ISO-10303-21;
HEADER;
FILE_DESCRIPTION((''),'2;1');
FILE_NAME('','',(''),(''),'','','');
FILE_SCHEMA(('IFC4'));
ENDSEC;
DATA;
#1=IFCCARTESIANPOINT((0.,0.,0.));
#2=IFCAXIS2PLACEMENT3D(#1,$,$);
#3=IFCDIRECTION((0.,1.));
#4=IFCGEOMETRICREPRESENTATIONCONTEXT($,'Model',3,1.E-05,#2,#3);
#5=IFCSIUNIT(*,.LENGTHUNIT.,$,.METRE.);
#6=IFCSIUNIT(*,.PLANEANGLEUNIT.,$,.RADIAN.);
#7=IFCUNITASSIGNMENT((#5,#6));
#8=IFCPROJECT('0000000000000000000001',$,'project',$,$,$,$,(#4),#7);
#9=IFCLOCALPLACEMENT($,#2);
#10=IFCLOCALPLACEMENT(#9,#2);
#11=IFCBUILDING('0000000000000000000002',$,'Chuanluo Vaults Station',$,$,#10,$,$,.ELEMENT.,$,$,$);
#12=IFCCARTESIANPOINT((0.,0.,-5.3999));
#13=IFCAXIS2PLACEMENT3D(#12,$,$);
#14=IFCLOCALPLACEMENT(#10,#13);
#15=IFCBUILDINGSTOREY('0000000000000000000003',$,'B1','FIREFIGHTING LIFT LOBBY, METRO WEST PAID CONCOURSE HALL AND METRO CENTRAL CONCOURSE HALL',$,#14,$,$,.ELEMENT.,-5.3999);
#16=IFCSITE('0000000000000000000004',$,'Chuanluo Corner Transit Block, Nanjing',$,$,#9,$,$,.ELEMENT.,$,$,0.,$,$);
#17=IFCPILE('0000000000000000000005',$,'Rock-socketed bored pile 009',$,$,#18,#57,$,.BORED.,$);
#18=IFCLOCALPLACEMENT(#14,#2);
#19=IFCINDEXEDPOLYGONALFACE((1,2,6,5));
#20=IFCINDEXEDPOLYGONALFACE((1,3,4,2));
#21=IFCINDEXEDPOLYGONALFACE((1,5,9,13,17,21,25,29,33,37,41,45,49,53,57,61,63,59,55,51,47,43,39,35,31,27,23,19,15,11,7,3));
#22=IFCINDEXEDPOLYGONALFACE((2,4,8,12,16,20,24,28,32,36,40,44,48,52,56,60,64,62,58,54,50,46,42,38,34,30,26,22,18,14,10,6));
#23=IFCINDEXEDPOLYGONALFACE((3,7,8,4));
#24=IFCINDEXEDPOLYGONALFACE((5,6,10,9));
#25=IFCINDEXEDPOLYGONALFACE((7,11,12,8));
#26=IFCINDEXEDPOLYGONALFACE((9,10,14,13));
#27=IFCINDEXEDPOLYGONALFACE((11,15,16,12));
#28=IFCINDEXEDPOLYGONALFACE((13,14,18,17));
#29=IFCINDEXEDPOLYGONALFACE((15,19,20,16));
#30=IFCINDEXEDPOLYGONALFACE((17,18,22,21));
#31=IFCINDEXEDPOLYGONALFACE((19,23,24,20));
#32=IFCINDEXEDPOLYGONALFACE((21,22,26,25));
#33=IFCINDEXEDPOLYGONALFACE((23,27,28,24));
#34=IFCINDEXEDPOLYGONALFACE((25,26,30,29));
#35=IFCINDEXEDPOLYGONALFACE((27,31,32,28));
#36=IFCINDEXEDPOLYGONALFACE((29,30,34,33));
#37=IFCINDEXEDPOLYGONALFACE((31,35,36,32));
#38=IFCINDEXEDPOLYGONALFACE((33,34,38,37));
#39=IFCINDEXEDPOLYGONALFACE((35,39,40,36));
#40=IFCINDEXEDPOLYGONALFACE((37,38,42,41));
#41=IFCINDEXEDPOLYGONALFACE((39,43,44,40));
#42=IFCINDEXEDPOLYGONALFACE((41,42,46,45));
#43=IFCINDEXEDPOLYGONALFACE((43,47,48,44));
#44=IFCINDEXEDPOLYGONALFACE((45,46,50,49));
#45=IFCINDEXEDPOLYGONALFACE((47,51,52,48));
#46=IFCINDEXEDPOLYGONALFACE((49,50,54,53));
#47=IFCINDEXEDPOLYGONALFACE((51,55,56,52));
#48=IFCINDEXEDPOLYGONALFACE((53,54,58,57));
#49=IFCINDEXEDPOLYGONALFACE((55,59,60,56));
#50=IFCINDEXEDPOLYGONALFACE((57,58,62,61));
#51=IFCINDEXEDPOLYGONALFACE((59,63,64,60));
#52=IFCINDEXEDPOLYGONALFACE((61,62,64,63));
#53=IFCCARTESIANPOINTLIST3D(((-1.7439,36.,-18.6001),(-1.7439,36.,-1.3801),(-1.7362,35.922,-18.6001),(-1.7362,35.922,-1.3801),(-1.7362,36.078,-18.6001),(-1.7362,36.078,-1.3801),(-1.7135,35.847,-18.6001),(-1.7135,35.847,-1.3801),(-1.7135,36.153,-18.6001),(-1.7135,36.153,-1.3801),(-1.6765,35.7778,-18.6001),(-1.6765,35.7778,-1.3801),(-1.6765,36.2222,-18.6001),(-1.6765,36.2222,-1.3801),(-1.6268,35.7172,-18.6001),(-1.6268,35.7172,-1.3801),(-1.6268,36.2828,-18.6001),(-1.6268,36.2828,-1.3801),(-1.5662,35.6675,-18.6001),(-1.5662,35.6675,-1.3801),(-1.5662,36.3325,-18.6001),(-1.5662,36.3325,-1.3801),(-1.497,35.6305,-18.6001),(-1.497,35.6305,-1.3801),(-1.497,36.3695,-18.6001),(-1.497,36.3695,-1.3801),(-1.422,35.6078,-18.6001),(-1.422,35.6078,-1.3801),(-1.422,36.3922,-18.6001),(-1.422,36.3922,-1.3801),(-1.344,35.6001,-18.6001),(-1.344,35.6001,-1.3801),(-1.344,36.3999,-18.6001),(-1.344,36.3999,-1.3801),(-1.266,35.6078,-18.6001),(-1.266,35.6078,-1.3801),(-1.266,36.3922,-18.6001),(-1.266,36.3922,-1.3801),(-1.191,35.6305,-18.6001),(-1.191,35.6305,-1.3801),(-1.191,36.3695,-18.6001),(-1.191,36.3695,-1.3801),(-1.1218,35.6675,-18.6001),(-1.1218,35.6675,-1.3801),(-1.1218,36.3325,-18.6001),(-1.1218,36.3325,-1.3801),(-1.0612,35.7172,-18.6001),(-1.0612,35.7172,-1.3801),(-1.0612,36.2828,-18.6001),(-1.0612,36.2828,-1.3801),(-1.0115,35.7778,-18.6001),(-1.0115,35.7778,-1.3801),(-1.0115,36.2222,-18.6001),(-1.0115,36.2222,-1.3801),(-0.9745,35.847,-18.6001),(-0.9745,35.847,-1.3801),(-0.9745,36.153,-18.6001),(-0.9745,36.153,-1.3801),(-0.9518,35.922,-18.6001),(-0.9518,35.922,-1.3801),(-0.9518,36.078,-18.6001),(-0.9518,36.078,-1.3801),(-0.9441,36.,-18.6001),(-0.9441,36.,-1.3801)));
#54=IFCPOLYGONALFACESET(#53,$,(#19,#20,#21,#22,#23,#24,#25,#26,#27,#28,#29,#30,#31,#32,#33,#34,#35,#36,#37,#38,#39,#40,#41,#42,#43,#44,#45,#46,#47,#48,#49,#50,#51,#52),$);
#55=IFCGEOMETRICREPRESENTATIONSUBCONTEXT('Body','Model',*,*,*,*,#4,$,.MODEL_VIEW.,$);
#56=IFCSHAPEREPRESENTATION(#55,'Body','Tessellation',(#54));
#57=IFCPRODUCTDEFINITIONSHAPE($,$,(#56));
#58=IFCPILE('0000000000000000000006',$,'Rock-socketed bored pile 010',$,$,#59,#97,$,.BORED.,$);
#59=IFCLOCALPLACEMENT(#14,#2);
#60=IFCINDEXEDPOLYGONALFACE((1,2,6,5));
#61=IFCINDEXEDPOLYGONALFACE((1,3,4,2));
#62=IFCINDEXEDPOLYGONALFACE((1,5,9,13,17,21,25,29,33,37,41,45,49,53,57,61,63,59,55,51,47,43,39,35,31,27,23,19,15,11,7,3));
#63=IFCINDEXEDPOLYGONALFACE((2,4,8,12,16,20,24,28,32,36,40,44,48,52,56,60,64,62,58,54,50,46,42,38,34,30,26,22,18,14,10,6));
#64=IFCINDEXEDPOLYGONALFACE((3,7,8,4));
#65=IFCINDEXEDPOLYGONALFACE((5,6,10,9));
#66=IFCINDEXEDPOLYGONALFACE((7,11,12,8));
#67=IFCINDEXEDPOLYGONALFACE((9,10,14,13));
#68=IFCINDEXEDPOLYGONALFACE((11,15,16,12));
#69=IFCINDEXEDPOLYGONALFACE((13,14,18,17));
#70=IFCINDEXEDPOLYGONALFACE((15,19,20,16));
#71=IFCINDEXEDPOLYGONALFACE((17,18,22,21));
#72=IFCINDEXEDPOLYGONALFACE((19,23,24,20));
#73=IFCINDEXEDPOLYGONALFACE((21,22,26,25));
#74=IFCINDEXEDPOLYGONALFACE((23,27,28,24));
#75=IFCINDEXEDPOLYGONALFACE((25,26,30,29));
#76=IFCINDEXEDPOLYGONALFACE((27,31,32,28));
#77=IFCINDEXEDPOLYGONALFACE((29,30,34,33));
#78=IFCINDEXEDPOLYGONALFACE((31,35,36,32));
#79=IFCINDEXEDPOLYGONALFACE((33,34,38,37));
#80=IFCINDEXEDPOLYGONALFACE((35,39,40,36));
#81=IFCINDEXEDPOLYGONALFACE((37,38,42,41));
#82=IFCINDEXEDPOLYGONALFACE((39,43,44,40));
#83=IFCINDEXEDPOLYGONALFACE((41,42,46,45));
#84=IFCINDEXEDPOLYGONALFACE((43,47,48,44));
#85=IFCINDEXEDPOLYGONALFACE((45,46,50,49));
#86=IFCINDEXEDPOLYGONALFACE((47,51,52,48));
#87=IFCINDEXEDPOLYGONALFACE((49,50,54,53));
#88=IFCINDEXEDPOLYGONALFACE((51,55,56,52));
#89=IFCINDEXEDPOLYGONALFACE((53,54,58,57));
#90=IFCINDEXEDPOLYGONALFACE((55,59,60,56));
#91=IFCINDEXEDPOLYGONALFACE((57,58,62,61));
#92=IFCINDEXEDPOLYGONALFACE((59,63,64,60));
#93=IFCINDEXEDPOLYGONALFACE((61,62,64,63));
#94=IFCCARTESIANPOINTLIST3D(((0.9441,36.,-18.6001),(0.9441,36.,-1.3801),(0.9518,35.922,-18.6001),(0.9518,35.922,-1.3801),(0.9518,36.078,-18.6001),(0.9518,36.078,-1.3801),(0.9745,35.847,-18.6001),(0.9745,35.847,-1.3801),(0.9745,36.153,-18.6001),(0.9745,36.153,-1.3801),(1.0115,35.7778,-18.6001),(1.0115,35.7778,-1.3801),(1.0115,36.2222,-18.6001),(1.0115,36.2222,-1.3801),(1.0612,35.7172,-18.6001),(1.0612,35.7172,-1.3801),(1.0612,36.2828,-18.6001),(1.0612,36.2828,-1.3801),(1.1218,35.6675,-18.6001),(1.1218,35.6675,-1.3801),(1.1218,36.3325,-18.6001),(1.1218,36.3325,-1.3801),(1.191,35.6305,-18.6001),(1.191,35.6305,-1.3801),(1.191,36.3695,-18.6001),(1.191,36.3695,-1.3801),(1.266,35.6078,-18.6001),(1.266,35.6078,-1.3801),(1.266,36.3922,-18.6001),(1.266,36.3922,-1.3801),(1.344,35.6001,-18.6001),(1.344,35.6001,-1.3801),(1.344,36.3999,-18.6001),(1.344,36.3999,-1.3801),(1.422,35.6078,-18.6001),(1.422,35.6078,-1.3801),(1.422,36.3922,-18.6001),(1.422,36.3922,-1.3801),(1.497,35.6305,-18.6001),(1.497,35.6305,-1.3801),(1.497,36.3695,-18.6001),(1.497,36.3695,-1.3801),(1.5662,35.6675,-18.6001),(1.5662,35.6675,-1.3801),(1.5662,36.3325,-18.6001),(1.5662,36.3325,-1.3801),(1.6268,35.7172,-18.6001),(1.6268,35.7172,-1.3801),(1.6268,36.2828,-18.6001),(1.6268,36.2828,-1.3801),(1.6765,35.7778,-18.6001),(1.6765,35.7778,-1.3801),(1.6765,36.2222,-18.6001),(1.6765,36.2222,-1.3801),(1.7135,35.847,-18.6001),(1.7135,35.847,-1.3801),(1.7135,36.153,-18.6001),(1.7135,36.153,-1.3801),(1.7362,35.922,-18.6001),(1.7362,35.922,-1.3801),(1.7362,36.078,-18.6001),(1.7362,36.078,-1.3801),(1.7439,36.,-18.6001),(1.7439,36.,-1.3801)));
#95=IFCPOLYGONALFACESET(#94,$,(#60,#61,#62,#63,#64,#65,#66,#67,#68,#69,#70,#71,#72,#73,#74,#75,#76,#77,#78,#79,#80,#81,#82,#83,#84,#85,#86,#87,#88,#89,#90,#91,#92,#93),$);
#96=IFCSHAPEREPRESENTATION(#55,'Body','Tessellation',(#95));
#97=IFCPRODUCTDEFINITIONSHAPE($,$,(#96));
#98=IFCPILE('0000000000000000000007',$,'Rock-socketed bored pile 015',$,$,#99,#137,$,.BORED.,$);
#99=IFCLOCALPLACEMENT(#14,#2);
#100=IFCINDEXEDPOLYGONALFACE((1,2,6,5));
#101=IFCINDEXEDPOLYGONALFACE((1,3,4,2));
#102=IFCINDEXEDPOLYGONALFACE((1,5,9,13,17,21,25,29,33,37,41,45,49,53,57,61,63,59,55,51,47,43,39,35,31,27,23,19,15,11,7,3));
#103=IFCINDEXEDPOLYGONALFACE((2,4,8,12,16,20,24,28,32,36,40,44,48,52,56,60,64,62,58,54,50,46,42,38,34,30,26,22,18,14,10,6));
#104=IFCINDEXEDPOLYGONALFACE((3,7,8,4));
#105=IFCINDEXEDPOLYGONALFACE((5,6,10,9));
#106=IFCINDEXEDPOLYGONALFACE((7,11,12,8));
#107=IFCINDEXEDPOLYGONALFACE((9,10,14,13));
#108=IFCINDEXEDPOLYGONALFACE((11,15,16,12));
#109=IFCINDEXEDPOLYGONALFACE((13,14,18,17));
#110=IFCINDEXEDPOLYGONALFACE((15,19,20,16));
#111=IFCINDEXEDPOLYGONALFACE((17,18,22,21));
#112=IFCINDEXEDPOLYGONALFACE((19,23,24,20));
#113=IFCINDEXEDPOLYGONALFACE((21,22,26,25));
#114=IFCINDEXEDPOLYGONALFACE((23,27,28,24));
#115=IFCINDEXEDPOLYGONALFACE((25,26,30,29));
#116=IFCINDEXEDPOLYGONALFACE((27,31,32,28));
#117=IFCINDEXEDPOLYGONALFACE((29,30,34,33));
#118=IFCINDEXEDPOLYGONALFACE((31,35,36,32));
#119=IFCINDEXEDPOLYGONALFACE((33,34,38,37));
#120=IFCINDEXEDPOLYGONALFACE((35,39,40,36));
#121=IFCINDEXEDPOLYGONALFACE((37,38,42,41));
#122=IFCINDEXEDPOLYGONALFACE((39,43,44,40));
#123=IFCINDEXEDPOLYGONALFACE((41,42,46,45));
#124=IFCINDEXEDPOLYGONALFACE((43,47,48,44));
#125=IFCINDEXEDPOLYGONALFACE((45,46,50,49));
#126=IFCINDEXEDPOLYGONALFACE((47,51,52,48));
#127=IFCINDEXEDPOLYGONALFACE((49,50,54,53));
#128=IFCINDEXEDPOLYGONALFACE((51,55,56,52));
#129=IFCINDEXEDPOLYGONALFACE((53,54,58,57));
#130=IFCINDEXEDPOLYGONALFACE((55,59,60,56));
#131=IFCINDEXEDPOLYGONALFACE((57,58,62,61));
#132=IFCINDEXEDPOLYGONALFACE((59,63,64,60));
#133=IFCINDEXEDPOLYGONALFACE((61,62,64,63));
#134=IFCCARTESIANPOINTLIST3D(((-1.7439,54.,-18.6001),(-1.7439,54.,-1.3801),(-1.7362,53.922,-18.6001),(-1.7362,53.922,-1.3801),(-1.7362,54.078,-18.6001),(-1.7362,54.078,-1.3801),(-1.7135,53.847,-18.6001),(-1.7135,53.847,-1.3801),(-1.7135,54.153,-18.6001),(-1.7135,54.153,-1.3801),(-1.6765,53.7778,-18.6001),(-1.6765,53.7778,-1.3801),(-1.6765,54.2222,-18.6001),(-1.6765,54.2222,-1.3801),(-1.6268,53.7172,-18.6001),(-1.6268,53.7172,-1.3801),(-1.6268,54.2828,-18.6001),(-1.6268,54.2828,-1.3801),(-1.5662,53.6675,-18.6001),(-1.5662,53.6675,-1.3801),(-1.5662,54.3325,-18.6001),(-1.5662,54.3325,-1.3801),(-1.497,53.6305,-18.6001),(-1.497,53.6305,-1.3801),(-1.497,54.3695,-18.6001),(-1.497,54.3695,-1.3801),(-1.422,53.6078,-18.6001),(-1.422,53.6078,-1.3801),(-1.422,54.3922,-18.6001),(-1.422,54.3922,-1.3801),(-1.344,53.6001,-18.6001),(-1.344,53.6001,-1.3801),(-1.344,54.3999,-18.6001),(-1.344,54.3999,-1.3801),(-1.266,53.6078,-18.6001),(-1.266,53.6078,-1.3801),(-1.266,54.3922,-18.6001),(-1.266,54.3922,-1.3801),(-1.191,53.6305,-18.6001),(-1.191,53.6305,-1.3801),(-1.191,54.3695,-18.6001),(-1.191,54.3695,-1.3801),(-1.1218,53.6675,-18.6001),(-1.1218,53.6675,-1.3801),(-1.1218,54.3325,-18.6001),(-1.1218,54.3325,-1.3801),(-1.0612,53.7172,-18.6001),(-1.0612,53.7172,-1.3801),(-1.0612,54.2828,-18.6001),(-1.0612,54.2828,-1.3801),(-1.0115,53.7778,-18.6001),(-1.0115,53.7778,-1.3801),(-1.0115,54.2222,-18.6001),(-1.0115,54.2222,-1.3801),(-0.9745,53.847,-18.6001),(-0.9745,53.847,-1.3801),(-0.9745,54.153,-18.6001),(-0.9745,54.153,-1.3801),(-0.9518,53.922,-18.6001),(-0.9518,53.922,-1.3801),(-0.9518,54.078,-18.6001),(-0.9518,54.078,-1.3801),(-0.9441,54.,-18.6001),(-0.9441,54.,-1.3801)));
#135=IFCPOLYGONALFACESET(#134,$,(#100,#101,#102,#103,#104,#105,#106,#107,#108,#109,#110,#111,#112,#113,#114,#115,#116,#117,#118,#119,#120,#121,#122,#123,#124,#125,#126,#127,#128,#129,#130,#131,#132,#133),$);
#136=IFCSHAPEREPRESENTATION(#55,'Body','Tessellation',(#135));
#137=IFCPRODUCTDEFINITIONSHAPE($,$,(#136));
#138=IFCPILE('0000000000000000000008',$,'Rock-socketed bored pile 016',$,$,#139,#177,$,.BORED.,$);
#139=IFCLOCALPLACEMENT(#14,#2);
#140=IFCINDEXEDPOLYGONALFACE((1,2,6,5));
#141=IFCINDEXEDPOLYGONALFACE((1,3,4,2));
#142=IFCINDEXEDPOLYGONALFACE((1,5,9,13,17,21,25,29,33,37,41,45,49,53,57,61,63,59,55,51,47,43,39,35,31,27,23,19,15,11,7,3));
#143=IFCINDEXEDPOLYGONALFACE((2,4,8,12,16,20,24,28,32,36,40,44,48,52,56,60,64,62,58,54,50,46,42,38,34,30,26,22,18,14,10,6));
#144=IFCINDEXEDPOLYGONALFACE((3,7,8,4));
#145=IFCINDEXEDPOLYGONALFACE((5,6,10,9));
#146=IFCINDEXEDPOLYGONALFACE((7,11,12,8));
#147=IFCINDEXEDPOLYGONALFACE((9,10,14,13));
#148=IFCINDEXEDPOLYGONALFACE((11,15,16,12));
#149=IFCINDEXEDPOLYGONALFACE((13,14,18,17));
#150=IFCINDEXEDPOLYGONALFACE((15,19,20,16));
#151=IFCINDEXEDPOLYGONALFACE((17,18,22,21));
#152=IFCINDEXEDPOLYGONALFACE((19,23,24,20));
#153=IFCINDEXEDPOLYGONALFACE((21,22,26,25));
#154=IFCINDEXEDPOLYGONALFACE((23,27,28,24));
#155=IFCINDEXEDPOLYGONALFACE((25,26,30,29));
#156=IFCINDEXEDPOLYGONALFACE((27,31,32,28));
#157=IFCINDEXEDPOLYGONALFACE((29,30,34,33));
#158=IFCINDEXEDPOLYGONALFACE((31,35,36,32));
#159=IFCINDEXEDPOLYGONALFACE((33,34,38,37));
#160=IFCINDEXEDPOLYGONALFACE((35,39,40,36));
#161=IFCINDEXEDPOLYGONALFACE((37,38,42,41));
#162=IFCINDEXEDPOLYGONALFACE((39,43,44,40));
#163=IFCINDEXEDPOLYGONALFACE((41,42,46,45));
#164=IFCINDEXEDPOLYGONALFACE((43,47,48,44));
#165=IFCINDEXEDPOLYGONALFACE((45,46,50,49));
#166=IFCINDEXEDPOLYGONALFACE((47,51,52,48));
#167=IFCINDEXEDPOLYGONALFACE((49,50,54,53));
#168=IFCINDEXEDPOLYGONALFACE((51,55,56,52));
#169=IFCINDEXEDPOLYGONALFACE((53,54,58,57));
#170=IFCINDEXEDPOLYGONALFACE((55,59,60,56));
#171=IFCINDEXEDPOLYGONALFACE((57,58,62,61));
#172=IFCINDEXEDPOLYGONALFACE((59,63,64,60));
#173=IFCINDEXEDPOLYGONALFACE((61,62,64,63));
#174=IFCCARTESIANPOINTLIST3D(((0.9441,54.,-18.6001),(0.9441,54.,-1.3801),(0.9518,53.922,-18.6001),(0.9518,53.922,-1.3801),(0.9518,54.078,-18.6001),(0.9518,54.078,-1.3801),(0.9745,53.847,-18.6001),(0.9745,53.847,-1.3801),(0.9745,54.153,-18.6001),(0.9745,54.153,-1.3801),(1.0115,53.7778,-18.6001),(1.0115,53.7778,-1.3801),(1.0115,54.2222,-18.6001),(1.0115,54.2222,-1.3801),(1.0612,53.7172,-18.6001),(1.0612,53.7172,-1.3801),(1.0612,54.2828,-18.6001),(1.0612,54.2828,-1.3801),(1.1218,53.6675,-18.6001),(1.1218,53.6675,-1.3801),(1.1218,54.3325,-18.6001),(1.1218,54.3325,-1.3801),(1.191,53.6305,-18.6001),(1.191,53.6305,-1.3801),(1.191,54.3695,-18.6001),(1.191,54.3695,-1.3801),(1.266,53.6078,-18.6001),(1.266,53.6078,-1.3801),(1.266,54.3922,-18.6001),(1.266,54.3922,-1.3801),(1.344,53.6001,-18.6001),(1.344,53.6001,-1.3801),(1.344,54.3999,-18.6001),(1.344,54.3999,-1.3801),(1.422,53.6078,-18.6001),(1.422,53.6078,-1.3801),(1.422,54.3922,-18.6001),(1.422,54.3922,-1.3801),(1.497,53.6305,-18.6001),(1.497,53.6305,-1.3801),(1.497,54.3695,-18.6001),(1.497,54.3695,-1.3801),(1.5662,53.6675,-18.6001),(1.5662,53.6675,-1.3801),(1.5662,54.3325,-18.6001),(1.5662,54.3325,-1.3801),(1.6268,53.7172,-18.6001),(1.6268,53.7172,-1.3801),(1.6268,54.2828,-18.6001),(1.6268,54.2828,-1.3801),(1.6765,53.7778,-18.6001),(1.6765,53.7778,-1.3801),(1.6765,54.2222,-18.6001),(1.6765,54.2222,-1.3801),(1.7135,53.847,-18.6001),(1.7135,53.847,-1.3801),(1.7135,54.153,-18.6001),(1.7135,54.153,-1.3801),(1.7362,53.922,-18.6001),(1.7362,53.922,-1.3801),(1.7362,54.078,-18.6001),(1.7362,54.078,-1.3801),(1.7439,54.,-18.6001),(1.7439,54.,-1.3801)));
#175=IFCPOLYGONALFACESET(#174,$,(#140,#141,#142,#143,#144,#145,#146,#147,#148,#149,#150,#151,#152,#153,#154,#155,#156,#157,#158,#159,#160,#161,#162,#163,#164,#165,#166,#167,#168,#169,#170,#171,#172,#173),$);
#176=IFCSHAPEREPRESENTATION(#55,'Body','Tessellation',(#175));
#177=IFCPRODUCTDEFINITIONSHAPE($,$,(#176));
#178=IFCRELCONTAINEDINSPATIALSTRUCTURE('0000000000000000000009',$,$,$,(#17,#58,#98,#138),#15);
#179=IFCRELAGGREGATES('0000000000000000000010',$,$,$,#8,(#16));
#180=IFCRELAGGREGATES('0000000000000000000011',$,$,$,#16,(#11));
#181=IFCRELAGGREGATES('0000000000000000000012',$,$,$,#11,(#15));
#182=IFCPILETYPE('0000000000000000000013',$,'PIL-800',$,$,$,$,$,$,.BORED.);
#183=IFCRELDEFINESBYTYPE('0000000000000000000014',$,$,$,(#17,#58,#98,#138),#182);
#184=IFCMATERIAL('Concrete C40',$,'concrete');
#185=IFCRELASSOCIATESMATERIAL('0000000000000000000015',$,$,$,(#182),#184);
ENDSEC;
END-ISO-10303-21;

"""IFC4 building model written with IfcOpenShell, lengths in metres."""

from ifc_helpers import new_model, si_unit, direction, frame, origin, origin_2d, place, context, subcontext, project, spatial, circle, extrude, material, material_profile, profile_set, type_object, element, save


model = new_model("IFC4")

# Units and contexts
model_context = context("Model", 3, precision=1e-05, world=origin(), true_north=direction((0.0, 1.0)))
body_context = subcontext(model_context, "Body", "Model", "MODEL_VIEW")
ifc_project = project(units=[si_unit("LENGTHUNIT", "METRE"), si_unit("PLANEANGLEUNIT", "RADIAN")], contexts=[model_context])

# Site, building, storey
site_placement = place(None, origin())
site = spatial("IfcSite", under=ifc_project, at=site_placement, Name="Chuanluo Corner Transit Block, Nanjing", CompositionType="ELEMENT", RefElevation=0.0)
building_placement = place(site_placement, origin())
building = spatial("IfcBuilding", under=site, at=building_placement, Name="Chuanluo Vaults Station", CompositionType="ELEMENT")
storey_placement = place(building_placement, frame((0.0, 0.0, -5.3999)))
storey = spatial("IfcBuildingStorey", under=building, at=storey_placement, Name="B1", Description="FIREFIGHTING LIFT LOBBY, METRO WEST PAID CONCOURSE HALL AND METRO CENTRAL CONCOURSE HALL", CompositionType="ELEMENT", Elevation=-5.3999)

# Piles
ifc_material_1 = material(Name="Concrete C40", Category="concrete")
ifc_material_profile_1 = material_profile(ifc_material_1, circle(Radius=0.3999, at=origin_2d()))
ifc_profile_set_1 = profile_set([ifc_material_profile_1], Name="Concrete C40")
pile_type_1 = type_object("IfcPileType", Name="PIL-800", PredefinedType="BORED", material=ifc_profile_set_1)
for number, where, z_axis, x_axis, name in (
    (1, (-1.344, 36.0, -1.3801), (0.0, 0.0, -1.0), (1.0, 0.0, 0.0), "Rock-socketed bored pile 009"),
    (2, (1.344, 36.0, -1.3801), (0.0, 0.0, -1.0), (1.0, 0.0, 0.0), "Rock-socketed bored pile 010"),
    (3, (-1.344, 54.0, -1.3801), (0.0, 0.0, -1.0), (1.0, 0.0, 0.0), "Rock-socketed bored pile 015"),
    (4, (1.344, 54.0, -1.3801), (0.0, 0.0, -1.0), (1.0, 0.0, 0.0), "Rock-socketed bored pile 016"),
):
    element("IfcPile", number, at=place(storey_placement, frame(where, z_axis=z_axis, x_axis=x_axis)), inside=storey, type_object=pile_type_1, Name=name, PredefinedType="BORED", context=body_context, shape_type="SweptSolid", body=[
        extrude(circle(Radius=0.3999, at=origin_2d()), origin(), (0.0, 0.0, 1.0), 17.22),
    ])

save(model, "model.ifc")
